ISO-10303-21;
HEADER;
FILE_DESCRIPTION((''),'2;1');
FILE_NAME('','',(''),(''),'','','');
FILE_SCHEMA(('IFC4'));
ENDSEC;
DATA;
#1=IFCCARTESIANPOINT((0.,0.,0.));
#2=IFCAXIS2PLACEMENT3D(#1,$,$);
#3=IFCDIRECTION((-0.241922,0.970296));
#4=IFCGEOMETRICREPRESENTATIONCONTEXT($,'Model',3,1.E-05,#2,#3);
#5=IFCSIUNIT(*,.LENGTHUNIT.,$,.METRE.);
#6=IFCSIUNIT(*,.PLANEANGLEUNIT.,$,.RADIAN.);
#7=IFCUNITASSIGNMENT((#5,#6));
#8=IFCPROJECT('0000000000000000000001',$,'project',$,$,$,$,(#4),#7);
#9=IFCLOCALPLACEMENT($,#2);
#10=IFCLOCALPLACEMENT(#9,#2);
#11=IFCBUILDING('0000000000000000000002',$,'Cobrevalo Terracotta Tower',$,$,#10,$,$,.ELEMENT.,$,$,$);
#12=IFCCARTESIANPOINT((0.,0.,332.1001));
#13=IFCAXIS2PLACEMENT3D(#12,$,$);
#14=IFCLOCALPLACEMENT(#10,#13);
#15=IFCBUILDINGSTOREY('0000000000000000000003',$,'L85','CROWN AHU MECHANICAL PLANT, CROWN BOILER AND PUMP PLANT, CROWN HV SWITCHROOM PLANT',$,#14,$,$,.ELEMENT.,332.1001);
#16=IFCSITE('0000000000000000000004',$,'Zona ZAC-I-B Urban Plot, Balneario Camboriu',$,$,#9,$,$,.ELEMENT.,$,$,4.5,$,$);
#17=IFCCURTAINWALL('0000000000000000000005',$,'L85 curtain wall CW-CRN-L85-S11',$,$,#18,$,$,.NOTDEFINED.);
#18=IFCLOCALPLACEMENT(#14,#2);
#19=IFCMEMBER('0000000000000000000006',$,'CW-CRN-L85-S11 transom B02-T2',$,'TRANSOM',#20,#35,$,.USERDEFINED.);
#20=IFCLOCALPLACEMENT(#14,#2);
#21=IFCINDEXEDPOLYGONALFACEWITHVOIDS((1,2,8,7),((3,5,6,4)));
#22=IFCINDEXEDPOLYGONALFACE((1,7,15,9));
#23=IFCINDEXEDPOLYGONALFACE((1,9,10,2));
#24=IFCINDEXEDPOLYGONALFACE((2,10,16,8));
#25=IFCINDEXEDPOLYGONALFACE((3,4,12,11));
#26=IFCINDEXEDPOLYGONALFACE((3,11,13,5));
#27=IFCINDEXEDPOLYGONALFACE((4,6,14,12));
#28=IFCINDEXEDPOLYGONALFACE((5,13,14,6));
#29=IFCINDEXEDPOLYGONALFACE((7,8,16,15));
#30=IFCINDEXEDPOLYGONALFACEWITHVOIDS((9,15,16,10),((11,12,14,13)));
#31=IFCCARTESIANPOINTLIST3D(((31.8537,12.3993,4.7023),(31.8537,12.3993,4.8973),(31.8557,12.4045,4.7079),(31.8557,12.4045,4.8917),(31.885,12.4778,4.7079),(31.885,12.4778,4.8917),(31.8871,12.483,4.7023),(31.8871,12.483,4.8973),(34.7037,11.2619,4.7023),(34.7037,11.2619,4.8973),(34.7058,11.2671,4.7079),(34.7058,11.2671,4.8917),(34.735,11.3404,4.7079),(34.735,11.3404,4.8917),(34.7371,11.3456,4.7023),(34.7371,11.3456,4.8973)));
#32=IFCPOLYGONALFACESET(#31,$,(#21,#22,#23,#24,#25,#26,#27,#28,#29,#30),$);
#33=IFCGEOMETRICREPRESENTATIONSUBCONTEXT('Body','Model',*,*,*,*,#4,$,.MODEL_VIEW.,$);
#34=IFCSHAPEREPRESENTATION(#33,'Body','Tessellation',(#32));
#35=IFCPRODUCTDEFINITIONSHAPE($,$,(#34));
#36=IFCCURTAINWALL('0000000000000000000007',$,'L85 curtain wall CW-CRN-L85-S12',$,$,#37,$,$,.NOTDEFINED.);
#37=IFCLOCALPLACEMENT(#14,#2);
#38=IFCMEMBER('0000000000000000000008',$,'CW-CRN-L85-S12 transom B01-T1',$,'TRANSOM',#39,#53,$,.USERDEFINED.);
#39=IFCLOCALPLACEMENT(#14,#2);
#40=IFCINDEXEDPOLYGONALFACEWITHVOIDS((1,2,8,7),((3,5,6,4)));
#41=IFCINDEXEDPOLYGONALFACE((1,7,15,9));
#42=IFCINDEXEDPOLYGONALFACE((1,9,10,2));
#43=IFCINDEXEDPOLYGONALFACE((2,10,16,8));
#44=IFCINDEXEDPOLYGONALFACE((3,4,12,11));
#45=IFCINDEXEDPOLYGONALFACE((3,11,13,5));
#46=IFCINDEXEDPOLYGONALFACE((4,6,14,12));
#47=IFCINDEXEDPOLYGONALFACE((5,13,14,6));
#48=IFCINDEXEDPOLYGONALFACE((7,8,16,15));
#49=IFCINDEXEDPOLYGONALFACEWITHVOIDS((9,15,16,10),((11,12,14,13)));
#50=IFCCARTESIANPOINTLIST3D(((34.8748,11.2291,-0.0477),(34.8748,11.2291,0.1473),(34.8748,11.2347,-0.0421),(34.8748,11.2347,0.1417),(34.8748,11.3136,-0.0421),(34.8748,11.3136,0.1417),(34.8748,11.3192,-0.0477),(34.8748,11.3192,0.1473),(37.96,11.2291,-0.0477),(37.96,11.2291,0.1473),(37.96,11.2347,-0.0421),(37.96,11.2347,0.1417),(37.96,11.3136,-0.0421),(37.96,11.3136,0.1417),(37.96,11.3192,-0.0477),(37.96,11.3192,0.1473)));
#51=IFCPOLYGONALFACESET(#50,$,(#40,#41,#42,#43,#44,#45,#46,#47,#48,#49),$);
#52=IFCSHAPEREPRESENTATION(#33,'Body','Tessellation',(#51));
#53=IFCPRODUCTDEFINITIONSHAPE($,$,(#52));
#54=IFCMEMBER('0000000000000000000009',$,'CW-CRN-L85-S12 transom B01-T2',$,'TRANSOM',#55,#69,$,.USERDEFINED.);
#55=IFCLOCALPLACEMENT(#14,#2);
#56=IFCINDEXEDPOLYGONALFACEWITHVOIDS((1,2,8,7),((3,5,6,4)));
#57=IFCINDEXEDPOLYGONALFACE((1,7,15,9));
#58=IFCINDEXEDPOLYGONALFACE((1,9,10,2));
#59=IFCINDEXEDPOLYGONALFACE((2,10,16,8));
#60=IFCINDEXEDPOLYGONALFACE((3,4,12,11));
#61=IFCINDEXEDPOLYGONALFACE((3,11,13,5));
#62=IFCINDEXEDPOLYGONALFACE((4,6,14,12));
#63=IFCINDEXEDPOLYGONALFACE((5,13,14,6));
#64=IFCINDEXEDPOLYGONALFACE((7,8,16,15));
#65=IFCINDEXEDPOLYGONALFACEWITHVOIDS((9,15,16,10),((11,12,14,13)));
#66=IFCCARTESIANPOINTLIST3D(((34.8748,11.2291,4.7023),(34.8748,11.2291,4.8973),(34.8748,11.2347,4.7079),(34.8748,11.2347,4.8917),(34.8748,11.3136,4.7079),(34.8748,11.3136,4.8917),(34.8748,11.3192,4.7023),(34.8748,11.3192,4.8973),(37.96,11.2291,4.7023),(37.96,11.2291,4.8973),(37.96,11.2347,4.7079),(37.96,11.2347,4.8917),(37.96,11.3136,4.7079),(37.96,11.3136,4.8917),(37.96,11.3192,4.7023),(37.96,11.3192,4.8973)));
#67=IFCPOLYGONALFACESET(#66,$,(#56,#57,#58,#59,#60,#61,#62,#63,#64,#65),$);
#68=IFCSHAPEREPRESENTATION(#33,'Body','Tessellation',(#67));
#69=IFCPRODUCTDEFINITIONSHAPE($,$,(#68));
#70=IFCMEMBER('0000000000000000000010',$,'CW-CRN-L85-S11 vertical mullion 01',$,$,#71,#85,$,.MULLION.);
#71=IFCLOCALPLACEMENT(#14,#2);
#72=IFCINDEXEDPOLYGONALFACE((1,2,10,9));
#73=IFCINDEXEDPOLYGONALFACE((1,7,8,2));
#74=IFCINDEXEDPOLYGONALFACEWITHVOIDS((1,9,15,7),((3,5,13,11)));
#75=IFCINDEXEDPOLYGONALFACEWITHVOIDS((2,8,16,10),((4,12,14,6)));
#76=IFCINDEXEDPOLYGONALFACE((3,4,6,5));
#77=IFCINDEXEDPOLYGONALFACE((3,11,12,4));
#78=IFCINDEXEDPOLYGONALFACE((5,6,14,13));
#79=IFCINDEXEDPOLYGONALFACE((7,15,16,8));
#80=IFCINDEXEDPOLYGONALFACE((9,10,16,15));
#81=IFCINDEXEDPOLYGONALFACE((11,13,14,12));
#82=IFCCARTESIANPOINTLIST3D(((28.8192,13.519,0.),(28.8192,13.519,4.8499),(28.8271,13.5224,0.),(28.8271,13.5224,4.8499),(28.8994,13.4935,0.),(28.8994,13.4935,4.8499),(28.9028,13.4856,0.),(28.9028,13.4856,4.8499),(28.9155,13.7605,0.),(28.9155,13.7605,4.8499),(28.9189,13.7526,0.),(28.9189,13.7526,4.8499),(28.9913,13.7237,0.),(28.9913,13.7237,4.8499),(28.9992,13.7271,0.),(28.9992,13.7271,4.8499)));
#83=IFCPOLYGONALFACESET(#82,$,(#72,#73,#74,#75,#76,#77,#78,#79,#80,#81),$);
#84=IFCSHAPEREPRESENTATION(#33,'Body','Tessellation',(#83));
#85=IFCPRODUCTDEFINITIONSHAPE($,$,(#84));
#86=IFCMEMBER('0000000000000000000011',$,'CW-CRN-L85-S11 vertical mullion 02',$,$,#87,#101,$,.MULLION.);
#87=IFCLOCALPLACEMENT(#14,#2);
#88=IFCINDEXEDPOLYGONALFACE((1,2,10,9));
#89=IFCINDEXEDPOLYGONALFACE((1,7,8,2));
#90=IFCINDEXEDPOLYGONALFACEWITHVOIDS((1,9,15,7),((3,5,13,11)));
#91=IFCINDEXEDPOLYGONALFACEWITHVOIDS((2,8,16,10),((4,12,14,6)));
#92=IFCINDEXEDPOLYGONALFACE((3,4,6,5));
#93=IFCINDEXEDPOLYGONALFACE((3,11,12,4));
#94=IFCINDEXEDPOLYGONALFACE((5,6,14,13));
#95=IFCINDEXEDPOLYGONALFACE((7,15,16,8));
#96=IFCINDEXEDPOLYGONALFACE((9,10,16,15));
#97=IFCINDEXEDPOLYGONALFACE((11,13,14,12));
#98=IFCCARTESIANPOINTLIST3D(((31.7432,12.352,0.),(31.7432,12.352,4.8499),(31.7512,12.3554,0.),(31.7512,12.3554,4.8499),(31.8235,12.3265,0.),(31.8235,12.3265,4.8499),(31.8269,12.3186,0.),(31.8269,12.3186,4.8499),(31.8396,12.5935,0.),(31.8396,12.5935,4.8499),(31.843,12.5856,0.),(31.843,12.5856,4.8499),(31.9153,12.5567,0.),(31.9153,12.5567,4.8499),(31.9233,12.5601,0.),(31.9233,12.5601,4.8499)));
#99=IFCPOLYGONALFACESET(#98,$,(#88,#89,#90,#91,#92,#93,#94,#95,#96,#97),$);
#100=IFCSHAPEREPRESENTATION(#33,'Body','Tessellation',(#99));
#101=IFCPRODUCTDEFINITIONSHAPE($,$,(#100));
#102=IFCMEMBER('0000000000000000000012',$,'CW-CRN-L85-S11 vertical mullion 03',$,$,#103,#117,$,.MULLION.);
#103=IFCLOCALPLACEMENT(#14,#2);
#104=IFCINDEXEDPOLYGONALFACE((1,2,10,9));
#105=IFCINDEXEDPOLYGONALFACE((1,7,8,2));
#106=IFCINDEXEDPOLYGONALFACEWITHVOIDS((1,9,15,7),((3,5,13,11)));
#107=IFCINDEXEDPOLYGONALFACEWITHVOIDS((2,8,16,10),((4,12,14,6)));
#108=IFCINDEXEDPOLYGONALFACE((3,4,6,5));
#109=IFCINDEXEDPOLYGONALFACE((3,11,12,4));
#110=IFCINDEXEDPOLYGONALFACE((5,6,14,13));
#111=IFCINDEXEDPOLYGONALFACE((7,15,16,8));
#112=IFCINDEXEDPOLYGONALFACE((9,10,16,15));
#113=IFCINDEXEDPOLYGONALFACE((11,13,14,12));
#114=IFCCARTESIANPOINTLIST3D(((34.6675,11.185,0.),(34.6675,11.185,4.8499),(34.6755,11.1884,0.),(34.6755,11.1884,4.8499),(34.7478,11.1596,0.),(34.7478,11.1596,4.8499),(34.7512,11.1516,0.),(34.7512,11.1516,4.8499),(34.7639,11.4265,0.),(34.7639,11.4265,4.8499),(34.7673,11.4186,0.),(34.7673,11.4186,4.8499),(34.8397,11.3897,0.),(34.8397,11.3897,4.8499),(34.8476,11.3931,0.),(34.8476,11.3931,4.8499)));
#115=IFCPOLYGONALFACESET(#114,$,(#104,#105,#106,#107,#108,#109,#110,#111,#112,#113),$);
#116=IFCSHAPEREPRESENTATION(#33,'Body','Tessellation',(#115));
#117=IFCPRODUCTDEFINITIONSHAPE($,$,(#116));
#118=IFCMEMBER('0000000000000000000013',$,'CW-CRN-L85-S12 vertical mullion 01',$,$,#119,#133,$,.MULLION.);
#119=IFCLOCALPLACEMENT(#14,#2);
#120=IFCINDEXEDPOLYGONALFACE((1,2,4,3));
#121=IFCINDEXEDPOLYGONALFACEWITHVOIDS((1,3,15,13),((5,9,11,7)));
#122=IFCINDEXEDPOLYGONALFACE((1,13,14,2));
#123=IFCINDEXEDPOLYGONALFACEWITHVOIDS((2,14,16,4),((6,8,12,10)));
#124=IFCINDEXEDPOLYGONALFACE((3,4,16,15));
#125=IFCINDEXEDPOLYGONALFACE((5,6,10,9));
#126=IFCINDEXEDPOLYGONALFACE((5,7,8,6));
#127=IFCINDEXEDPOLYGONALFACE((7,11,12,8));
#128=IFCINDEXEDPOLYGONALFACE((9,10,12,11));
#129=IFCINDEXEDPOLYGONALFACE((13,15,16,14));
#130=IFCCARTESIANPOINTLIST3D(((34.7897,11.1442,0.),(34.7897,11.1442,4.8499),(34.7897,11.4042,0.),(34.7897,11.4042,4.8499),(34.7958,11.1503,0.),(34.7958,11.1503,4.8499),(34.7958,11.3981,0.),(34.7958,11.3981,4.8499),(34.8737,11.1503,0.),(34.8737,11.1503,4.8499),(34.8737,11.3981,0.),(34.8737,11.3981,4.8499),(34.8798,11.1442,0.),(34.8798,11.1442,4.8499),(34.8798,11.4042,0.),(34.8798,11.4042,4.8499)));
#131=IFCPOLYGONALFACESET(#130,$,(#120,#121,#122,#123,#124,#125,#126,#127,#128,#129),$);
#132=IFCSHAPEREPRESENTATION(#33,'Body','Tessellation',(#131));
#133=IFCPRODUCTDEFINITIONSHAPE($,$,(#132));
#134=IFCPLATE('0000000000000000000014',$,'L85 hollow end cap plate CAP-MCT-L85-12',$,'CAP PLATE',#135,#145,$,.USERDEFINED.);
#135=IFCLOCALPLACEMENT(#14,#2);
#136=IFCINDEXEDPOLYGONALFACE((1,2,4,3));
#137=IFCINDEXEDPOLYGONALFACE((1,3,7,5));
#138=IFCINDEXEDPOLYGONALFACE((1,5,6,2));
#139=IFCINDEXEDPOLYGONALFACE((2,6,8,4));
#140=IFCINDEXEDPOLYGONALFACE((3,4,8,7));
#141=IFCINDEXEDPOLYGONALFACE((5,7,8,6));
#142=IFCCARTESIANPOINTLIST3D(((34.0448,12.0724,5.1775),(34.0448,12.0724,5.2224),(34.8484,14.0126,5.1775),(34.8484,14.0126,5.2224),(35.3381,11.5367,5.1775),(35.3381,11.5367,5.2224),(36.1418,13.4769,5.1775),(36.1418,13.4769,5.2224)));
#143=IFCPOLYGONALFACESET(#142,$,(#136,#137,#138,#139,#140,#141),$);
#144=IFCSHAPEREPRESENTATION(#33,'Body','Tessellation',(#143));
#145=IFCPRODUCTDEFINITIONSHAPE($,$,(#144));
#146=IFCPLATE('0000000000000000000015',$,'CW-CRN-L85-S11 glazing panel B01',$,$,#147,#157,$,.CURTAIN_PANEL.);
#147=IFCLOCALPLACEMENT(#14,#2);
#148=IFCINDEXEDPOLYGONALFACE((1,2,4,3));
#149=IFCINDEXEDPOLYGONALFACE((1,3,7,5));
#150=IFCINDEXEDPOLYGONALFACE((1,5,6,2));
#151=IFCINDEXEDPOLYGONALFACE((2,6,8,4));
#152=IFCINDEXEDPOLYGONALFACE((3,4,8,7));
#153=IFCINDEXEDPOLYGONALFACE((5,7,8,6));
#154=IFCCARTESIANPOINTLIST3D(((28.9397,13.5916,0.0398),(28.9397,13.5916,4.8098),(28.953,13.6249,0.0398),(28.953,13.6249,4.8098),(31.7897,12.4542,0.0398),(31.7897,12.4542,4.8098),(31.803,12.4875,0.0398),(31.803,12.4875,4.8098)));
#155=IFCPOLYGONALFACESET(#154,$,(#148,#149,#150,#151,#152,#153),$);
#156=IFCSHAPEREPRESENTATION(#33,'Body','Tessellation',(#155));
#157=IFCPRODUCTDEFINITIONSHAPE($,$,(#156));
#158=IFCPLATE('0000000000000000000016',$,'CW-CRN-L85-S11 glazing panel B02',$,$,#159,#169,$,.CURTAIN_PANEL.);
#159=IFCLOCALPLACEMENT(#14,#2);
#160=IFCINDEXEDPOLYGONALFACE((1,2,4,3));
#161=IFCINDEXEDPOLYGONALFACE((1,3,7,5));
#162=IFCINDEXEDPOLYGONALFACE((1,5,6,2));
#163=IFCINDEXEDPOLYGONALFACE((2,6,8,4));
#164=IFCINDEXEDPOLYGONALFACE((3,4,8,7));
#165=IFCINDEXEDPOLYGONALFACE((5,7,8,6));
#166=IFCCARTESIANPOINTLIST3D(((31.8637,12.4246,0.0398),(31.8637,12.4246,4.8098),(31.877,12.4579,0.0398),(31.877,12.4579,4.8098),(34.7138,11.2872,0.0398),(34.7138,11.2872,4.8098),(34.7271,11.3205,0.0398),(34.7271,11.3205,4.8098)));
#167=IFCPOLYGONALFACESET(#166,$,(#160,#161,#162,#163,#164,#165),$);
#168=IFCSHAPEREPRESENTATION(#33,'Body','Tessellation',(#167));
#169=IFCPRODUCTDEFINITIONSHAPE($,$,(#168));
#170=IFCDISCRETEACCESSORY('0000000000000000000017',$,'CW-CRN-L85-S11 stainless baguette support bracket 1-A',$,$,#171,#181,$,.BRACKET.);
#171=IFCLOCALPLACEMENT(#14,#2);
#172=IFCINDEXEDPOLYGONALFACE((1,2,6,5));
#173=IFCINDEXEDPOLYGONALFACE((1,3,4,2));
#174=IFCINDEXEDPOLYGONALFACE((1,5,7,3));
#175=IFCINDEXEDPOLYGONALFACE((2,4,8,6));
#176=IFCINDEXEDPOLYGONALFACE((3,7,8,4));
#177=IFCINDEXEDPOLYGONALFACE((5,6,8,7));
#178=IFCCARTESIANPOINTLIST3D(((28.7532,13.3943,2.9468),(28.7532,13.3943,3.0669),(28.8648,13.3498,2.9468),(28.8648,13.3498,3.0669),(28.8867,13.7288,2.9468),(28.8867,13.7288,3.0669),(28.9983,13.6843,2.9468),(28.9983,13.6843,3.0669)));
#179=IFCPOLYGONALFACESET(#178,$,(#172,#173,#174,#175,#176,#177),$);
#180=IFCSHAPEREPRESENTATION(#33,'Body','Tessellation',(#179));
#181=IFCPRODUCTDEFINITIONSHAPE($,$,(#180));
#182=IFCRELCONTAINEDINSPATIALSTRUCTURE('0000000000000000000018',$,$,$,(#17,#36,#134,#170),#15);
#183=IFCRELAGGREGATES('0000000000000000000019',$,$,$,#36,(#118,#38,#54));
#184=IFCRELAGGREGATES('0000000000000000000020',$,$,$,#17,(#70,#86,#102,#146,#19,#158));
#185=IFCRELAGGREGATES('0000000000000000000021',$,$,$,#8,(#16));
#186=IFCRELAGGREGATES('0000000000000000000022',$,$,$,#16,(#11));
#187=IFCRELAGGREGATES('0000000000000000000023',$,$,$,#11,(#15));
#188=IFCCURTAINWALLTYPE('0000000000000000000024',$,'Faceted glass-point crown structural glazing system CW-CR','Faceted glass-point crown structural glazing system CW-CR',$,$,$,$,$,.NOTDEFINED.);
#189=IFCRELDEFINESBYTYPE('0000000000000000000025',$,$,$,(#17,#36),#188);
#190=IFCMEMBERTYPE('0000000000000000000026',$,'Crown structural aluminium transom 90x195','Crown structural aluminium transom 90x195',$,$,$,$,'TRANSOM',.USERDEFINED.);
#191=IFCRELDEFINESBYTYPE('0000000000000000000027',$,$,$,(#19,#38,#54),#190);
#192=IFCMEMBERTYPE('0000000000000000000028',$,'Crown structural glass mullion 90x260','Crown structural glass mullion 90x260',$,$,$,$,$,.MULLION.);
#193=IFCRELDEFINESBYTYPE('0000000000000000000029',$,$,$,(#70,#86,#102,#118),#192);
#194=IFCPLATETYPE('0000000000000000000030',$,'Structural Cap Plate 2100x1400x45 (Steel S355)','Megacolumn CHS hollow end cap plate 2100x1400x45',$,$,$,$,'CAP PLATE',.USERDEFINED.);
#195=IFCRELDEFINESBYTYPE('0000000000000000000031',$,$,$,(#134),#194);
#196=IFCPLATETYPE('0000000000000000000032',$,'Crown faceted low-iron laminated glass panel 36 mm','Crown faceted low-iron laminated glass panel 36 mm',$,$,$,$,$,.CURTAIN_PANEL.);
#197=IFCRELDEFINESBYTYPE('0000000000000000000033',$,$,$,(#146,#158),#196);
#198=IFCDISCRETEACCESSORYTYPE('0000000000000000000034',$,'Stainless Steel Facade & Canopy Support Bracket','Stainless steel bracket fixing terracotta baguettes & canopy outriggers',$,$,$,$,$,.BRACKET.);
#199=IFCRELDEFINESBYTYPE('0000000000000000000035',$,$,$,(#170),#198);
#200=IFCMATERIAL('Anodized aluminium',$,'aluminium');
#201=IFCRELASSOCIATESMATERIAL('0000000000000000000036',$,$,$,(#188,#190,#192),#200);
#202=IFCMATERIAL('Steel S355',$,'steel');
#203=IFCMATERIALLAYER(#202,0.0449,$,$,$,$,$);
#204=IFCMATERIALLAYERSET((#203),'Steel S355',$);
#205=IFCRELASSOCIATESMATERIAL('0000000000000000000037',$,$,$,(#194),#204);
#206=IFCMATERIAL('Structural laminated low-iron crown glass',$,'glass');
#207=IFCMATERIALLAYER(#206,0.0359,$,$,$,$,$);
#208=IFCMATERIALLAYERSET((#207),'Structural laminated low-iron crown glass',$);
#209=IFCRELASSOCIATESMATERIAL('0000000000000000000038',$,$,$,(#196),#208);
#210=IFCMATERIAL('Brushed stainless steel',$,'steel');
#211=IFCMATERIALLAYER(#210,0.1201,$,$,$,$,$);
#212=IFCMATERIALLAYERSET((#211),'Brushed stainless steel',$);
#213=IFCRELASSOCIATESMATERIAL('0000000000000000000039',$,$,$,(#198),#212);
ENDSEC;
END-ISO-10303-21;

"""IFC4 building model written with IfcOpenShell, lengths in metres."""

from ifc_helpers import new_model, si_unit, direction, frame, origin, origin_2d, place, context, subcontext, project, spatial, rectangle, hollow_rectangle, extrude, source, transform, mapped, material, layer, layer_set, material_profile, profile_set, type_object, element, aggregate, save


model = new_model("IFC4")

# Units and contexts
model_context = context("Model", 3, precision=1e-05, world=origin(), true_north=direction((-0.241922, 0.970296)))
body_context = subcontext(model_context, "Body", "Model", "MODEL_VIEW")
ifc_project = project(units=[si_unit("LENGTHUNIT", "METRE"), si_unit("PLANEANGLEUNIT", "RADIAN")], contexts=[model_context])

# Site, building, storey
site_placement = place(None, origin())
site = spatial("IfcSite", under=ifc_project, at=site_placement, Name="Zona ZAC-I-B Urban Plot, Balneario Camboriu", CompositionType="ELEMENT", RefElevation=4.5)
building_placement = place(site_placement, origin())
building = spatial("IfcBuilding", under=site, at=building_placement, Name="Cobrevalo Terracotta Tower", CompositionType="ELEMENT")
storey_placement = place(building_placement, frame((0.0, 0.0, 332.1001)))
storey = spatial("IfcBuildingStorey", under=building, at=storey_placement, Name="L85", Description="CROWN AHU MECHANICAL PLANT, CROWN BOILER AND PUMP PLANT, CROWN HV SWITCHROOM PLANT", CompositionType="ELEMENT", Elevation=332.1001)

# Shared definitions
ifc_material_1 = material(Name="Steel S355", Category="steel")

# Curtain walls, members
ifc_material_2 = material(Name="Anodized aluminium", Category="aluminium")
curtain_wall_type = type_object("IfcCurtainWallType", Name="Faceted glass-point crown structural glazing system CW-CR", Description="Faceted glass-point crown structural glazing system CW-CR", PredefinedType="NOTDEFINED", material=ifc_material_2)
curtain_wall_1_placement = place(storey_placement, origin())
curtain_wall_1 = element("IfcCurtainWall", 1, at=curtain_wall_1_placement, inside=storey, type_object=curtain_wall_type, Name="L85 curtain wall CW-CRN-L85-S11", PredefinedType="NOTDEFINED")
ifc_material_profile_1 = material_profile(ifc_material_2, hollow_rectangle(XDim=0.0901, YDim=0.1951, WallThickness=0.0056, at=origin_2d()), Name="CWT 90x195")
ifc_profile_set_1 = profile_set([ifc_material_profile_1], Name="Anodized aluminium")
member_type_1 = type_object("IfcMemberType", Name="Crown structural aluminium transom 90x195", Description="Crown structural aluminium transom 90x195", ElementType="TRANSOM", PredefinedType="USERDEFINED", material=ifc_profile_set_1)
shared_shape_1 = source(origin(), body_context, "Body", "SweptSolid", [
    extrude(hollow_rectangle(XDim=0.0901, YDim=0.1951, WallThickness=0.0056, at=origin_2d()), origin(), (0.0, 0.0, 1.0), 3.0686),
])
member_1_placement = place(storey_placement, frame((31.8704, 12.4412, 4.7998), z_axis=(0.928767, -0.370664, 0.0), x_axis=(0.370664, 0.928767, 0.0)))
member_1 = element("IfcMember", 2, at=member_1_placement, type_object=member_type_1, Name="CW-CRN-L85-S11 transom B02-T2", ObjectType="TRANSOM", PredefinedType="USERDEFINED", context=body_context, shape_type="MappedRepresentation", body=[
    mapped(shared_shape_1, transform((0.0, 0.0, 0.0), scale=1.0)),
])
curtain_wall_2_placement = place(storey_placement, origin())
curtain_wall_2 = element("IfcCurtainWall", 3, at=curtain_wall_2_placement, inside=storey, type_object=curtain_wall_type, Name="L85 curtain wall CW-CRN-L85-S12", PredefinedType="NOTDEFINED")
shared_shape_2 = source(origin(), body_context, "Body", "SweptSolid", [
    extrude(hollow_rectangle(XDim=0.0901, YDim=0.1951, WallThickness=0.0056, at=origin_2d()), origin(), (0.0, 0.0, 1.0), 3.0852),
])
member_2_placement = place(storey_placement, frame((34.8748, 11.2742, 0.0498), z_axis=(1.0, 0.0, 0.0), x_axis=(0.0, 1.0, 0.0)))
member_2 = element("IfcMember", 4, at=member_2_placement, type_object=member_type_1, Name="CW-CRN-L85-S12 transom B01-T1", ObjectType="TRANSOM", PredefinedType="USERDEFINED", context=body_context, shape_type="MappedRepresentation", body=[
    mapped(shared_shape_2, transform((0.0, 0.0, 0.0), scale=1.0)),
])
member_3_placement = place(storey_placement, frame((34.8748, 11.2742, 4.7998), z_axis=(1.0, 0.0, 0.0), x_axis=(0.0, 1.0, 0.0)))
member_3 = element("IfcMember", 5, at=member_3_placement, type_object=member_type_1, Name="CW-CRN-L85-S12 transom B01-T2", ObjectType="TRANSOM", PredefinedType="USERDEFINED", context=body_context, shape_type="MappedRepresentation", body=[
    mapped(shared_shape_2, transform((0.0, 0.0, 0.0), scale=1.0)),
])

# Members
ifc_material_profile_2 = material_profile(ifc_material_2, hollow_rectangle(XDim=0.0901, YDim=0.26, WallThickness=0.0061, at=origin_2d()), Name="CWM 90x260")
ifc_profile_set_2 = profile_set([ifc_material_profile_2], Name="Anodized aluminium")
member_type_2 = type_object("IfcMemberType", Name="Crown structural glass mullion 90x260", Description="Crown structural glass mullion 90x260", PredefinedType="MULLION", material=ifc_profile_set_2)
shared_shape_3 = source(origin(), body_context, "Body", "SweptSolid", [
    extrude(hollow_rectangle(XDim=0.0901, YDim=0.26, WallThickness=0.0061, at=origin_2d()), origin(), (0.0, 0.0, 1.0), 4.8499),
])
member_4_placement = place(storey_placement, frame((28.9092, 13.623, 0.0), z_axis=(0.0, 0.0, 1.0), x_axis=(0.928771, -0.370655, 0.0)))
member_4 = element("IfcMember", 6, at=member_4_placement, type_object=member_type_2, Name="CW-CRN-L85-S11 vertical mullion 01", PredefinedType="MULLION", context=body_context, shape_type="MappedRepresentation", body=[
    mapped(shared_shape_3, transform((0.0, 0.0, 0.0), scale=1.0)),
])
member_5_placement = place(storey_placement, frame((31.8333, 12.4561, 0.0), z_axis=(0.0, 0.0, 1.0), x_axis=(0.928771, -0.370655, 0.0)))
member_5 = element("IfcMember", 7, at=member_5_placement, type_object=member_type_2, Name="CW-CRN-L85-S11 vertical mullion 02", PredefinedType="MULLION", context=body_context, shape_type="MappedRepresentation", body=[
    mapped(shared_shape_3, transform((0.0, 0.0, 0.0), scale=1.0)),
])
member_6_placement = place(storey_placement, frame((34.7576, 11.2891, 0.0), z_axis=(0.0, 0.0, 1.0), x_axis=(0.928771, -0.370655, 0.0)))
member_6 = element("IfcMember", 8, at=member_6_placement, type_object=member_type_2, Name="CW-CRN-L85-S11 vertical mullion 03", PredefinedType="MULLION", context=body_context, shape_type="MappedRepresentation", body=[
    mapped(shared_shape_3, transform((0.0, 0.0, 0.0), scale=1.0)),
])
member_7_placement = place(storey_placement, frame((34.8347, 11.2742, 0.0), z_axis=(0.0, 0.0, 1.0), x_axis=(1.0, 0.0, 0.0)))
member_7 = element("IfcMember", 9, at=member_7_placement, type_object=member_type_2, Name="CW-CRN-L85-S12 vertical mullion 01", PredefinedType="MULLION", context=body_context, shape_type="MappedRepresentation", body=[
    mapped(shared_shape_3, transform((0.0, 0.0, 0.0), scale=1.0)),
])
aggregate(curtain_wall_2, [member_7, member_2, member_3])

# Plates
ifc_layer_1 = layer(ifc_material_1, 0.0449)
ifc_layer_set_1 = layer_set([ifc_layer_1], Name="Steel S355")
plate_type_1 = type_object("IfcPlateType", Name="Structural Cap Plate 2100x1400x45 (Steel S355)", Description="Megacolumn CHS hollow end cap plate 2100x1400x45", ElementType="CAP PLATE", PredefinedType="USERDEFINED", material=ifc_layer_set_1)
shared_shape_4 = source(origin(), body_context, "Body", "SweptSolid", [
    extrude(rectangle(XDim=2.1001, YDim=1.3999, at=origin_2d()), origin(), (0.0, 0.0, 1.0), 0.0449),
])
plate_1_placement = place(storey_placement, frame((35.0933, 12.7747, 5.1775), z_axis=(0.0, 0.0, 1.0), x_axis=(-0.382683, -0.92388, 0.0)))
element("IfcPlate", 10, at=plate_1_placement, inside=storey, type_object=plate_type_1, Name="L85 hollow end cap plate CAP-MCT-L85-12", ObjectType="CAP PLATE", PredefinedType="USERDEFINED", context=body_context, shape_type="MappedRepresentation", body=[
    mapped(shared_shape_4, transform((0.0, 0.0, 0.0), scale=1.0)),
])
ifc_material_3 = material(Name="Structural laminated low-iron crown glass", Category="glass")
ifc_layer_2 = layer(ifc_material_3, 0.0359)
ifc_layer_set_2 = layer_set([ifc_layer_2], Name="Structural laminated low-iron crown glass")
plate_type_2 = type_object("IfcPlateType", Name="Crown faceted low-iron laminated glass panel 36 mm", Description="Crown faceted low-iron laminated glass panel 36 mm", PredefinedType="CURTAIN_PANEL", material=ifc_layer_set_2)
shared_shape_5 = source(origin(), body_context, "Body", "SweptSolid", [
    extrude(rectangle(XDim=3.0686, YDim=0.0359, at=origin_2d()), origin(), (0.0, 0.0, 1.0), 4.77),
])
plate_2_placement = place(storey_placement, frame((30.3713, 13.0396, 0.0398), z_axis=(0.0, 0.0, 1.0), x_axis=(0.928769, -0.37066, 0.0)))
plate_2 = element("IfcPlate", 11, at=plate_2_placement, type_object=plate_type_2, Name="CW-CRN-L85-S11 glazing panel B01", PredefinedType="CURTAIN_PANEL", context=body_context, shape_type="MappedRepresentation", body=[
    mapped(shared_shape_5, transform((0.0, 0.0, 0.0), scale=1.0)),
])
plate_3_placement = place(storey_placement, frame((33.2954, 11.8726, 0.0398), z_axis=(0.0, 0.0, 1.0), x_axis=(0.928769, -0.37066, 0.0)))
plate_3 = element("IfcPlate", 12, at=plate_3_placement, type_object=plate_type_2, Name="CW-CRN-L85-S11 glazing panel B02", PredefinedType="CURTAIN_PANEL", context=body_context, shape_type="MappedRepresentation", body=[
    mapped(shared_shape_5, transform((0.0, 0.0, 0.0), scale=1.0)),
])
aggregate(curtain_wall_1, [member_4, member_5, member_6, plate_2, member_1, plate_3])

# Discrete accessory
ifc_material_4 = material(Name="Brushed stainless steel", Category="steel")
ifc_layer_3 = layer(ifc_material_4, 0.1201)
ifc_layer_set_3 = layer_set([ifc_layer_3], Name="Brushed stainless steel")
discrete_accessory_type = type_object("IfcDiscreteAccessoryType", Name="Stainless Steel Facade & Canopy Support Bracket", Description="Stainless steel bracket fixing terracotta baguettes & canopy outriggers", PredefinedType="BRACKET", material=ifc_layer_set_3)
shared_shape_6 = source(origin(), body_context, "Body", "SweptSolid", [
    extrude(rectangle(XDim=0.1201, YDim=0.3601, at=origin_2d()), origin(), (0.0, 0.0, 1.0), 0.1201),
])
for number, where, z_axis, x_axis, name in (
    (13, (28.8757, 13.5393, 2.9468), (0.0, 0.0, 1.0), (0.928769, -0.37066, 0.0), "CW-CRN-L85-S11 stainless baguette support bracket 1-A"),
):
    element("IfcDiscreteAccessory", number, at=place(storey_placement, frame(where, z_axis=z_axis, x_axis=x_axis)), inside=storey, type_object=discrete_accessory_type, Name=name, PredefinedType="BRACKET", context=body_context, shape_type="MappedRepresentation", body=[
        mapped(shared_shape_6, transform((0.0, 0.0, 0.0), scale=1.0)),
    ])

save(model, "model.ifc")
